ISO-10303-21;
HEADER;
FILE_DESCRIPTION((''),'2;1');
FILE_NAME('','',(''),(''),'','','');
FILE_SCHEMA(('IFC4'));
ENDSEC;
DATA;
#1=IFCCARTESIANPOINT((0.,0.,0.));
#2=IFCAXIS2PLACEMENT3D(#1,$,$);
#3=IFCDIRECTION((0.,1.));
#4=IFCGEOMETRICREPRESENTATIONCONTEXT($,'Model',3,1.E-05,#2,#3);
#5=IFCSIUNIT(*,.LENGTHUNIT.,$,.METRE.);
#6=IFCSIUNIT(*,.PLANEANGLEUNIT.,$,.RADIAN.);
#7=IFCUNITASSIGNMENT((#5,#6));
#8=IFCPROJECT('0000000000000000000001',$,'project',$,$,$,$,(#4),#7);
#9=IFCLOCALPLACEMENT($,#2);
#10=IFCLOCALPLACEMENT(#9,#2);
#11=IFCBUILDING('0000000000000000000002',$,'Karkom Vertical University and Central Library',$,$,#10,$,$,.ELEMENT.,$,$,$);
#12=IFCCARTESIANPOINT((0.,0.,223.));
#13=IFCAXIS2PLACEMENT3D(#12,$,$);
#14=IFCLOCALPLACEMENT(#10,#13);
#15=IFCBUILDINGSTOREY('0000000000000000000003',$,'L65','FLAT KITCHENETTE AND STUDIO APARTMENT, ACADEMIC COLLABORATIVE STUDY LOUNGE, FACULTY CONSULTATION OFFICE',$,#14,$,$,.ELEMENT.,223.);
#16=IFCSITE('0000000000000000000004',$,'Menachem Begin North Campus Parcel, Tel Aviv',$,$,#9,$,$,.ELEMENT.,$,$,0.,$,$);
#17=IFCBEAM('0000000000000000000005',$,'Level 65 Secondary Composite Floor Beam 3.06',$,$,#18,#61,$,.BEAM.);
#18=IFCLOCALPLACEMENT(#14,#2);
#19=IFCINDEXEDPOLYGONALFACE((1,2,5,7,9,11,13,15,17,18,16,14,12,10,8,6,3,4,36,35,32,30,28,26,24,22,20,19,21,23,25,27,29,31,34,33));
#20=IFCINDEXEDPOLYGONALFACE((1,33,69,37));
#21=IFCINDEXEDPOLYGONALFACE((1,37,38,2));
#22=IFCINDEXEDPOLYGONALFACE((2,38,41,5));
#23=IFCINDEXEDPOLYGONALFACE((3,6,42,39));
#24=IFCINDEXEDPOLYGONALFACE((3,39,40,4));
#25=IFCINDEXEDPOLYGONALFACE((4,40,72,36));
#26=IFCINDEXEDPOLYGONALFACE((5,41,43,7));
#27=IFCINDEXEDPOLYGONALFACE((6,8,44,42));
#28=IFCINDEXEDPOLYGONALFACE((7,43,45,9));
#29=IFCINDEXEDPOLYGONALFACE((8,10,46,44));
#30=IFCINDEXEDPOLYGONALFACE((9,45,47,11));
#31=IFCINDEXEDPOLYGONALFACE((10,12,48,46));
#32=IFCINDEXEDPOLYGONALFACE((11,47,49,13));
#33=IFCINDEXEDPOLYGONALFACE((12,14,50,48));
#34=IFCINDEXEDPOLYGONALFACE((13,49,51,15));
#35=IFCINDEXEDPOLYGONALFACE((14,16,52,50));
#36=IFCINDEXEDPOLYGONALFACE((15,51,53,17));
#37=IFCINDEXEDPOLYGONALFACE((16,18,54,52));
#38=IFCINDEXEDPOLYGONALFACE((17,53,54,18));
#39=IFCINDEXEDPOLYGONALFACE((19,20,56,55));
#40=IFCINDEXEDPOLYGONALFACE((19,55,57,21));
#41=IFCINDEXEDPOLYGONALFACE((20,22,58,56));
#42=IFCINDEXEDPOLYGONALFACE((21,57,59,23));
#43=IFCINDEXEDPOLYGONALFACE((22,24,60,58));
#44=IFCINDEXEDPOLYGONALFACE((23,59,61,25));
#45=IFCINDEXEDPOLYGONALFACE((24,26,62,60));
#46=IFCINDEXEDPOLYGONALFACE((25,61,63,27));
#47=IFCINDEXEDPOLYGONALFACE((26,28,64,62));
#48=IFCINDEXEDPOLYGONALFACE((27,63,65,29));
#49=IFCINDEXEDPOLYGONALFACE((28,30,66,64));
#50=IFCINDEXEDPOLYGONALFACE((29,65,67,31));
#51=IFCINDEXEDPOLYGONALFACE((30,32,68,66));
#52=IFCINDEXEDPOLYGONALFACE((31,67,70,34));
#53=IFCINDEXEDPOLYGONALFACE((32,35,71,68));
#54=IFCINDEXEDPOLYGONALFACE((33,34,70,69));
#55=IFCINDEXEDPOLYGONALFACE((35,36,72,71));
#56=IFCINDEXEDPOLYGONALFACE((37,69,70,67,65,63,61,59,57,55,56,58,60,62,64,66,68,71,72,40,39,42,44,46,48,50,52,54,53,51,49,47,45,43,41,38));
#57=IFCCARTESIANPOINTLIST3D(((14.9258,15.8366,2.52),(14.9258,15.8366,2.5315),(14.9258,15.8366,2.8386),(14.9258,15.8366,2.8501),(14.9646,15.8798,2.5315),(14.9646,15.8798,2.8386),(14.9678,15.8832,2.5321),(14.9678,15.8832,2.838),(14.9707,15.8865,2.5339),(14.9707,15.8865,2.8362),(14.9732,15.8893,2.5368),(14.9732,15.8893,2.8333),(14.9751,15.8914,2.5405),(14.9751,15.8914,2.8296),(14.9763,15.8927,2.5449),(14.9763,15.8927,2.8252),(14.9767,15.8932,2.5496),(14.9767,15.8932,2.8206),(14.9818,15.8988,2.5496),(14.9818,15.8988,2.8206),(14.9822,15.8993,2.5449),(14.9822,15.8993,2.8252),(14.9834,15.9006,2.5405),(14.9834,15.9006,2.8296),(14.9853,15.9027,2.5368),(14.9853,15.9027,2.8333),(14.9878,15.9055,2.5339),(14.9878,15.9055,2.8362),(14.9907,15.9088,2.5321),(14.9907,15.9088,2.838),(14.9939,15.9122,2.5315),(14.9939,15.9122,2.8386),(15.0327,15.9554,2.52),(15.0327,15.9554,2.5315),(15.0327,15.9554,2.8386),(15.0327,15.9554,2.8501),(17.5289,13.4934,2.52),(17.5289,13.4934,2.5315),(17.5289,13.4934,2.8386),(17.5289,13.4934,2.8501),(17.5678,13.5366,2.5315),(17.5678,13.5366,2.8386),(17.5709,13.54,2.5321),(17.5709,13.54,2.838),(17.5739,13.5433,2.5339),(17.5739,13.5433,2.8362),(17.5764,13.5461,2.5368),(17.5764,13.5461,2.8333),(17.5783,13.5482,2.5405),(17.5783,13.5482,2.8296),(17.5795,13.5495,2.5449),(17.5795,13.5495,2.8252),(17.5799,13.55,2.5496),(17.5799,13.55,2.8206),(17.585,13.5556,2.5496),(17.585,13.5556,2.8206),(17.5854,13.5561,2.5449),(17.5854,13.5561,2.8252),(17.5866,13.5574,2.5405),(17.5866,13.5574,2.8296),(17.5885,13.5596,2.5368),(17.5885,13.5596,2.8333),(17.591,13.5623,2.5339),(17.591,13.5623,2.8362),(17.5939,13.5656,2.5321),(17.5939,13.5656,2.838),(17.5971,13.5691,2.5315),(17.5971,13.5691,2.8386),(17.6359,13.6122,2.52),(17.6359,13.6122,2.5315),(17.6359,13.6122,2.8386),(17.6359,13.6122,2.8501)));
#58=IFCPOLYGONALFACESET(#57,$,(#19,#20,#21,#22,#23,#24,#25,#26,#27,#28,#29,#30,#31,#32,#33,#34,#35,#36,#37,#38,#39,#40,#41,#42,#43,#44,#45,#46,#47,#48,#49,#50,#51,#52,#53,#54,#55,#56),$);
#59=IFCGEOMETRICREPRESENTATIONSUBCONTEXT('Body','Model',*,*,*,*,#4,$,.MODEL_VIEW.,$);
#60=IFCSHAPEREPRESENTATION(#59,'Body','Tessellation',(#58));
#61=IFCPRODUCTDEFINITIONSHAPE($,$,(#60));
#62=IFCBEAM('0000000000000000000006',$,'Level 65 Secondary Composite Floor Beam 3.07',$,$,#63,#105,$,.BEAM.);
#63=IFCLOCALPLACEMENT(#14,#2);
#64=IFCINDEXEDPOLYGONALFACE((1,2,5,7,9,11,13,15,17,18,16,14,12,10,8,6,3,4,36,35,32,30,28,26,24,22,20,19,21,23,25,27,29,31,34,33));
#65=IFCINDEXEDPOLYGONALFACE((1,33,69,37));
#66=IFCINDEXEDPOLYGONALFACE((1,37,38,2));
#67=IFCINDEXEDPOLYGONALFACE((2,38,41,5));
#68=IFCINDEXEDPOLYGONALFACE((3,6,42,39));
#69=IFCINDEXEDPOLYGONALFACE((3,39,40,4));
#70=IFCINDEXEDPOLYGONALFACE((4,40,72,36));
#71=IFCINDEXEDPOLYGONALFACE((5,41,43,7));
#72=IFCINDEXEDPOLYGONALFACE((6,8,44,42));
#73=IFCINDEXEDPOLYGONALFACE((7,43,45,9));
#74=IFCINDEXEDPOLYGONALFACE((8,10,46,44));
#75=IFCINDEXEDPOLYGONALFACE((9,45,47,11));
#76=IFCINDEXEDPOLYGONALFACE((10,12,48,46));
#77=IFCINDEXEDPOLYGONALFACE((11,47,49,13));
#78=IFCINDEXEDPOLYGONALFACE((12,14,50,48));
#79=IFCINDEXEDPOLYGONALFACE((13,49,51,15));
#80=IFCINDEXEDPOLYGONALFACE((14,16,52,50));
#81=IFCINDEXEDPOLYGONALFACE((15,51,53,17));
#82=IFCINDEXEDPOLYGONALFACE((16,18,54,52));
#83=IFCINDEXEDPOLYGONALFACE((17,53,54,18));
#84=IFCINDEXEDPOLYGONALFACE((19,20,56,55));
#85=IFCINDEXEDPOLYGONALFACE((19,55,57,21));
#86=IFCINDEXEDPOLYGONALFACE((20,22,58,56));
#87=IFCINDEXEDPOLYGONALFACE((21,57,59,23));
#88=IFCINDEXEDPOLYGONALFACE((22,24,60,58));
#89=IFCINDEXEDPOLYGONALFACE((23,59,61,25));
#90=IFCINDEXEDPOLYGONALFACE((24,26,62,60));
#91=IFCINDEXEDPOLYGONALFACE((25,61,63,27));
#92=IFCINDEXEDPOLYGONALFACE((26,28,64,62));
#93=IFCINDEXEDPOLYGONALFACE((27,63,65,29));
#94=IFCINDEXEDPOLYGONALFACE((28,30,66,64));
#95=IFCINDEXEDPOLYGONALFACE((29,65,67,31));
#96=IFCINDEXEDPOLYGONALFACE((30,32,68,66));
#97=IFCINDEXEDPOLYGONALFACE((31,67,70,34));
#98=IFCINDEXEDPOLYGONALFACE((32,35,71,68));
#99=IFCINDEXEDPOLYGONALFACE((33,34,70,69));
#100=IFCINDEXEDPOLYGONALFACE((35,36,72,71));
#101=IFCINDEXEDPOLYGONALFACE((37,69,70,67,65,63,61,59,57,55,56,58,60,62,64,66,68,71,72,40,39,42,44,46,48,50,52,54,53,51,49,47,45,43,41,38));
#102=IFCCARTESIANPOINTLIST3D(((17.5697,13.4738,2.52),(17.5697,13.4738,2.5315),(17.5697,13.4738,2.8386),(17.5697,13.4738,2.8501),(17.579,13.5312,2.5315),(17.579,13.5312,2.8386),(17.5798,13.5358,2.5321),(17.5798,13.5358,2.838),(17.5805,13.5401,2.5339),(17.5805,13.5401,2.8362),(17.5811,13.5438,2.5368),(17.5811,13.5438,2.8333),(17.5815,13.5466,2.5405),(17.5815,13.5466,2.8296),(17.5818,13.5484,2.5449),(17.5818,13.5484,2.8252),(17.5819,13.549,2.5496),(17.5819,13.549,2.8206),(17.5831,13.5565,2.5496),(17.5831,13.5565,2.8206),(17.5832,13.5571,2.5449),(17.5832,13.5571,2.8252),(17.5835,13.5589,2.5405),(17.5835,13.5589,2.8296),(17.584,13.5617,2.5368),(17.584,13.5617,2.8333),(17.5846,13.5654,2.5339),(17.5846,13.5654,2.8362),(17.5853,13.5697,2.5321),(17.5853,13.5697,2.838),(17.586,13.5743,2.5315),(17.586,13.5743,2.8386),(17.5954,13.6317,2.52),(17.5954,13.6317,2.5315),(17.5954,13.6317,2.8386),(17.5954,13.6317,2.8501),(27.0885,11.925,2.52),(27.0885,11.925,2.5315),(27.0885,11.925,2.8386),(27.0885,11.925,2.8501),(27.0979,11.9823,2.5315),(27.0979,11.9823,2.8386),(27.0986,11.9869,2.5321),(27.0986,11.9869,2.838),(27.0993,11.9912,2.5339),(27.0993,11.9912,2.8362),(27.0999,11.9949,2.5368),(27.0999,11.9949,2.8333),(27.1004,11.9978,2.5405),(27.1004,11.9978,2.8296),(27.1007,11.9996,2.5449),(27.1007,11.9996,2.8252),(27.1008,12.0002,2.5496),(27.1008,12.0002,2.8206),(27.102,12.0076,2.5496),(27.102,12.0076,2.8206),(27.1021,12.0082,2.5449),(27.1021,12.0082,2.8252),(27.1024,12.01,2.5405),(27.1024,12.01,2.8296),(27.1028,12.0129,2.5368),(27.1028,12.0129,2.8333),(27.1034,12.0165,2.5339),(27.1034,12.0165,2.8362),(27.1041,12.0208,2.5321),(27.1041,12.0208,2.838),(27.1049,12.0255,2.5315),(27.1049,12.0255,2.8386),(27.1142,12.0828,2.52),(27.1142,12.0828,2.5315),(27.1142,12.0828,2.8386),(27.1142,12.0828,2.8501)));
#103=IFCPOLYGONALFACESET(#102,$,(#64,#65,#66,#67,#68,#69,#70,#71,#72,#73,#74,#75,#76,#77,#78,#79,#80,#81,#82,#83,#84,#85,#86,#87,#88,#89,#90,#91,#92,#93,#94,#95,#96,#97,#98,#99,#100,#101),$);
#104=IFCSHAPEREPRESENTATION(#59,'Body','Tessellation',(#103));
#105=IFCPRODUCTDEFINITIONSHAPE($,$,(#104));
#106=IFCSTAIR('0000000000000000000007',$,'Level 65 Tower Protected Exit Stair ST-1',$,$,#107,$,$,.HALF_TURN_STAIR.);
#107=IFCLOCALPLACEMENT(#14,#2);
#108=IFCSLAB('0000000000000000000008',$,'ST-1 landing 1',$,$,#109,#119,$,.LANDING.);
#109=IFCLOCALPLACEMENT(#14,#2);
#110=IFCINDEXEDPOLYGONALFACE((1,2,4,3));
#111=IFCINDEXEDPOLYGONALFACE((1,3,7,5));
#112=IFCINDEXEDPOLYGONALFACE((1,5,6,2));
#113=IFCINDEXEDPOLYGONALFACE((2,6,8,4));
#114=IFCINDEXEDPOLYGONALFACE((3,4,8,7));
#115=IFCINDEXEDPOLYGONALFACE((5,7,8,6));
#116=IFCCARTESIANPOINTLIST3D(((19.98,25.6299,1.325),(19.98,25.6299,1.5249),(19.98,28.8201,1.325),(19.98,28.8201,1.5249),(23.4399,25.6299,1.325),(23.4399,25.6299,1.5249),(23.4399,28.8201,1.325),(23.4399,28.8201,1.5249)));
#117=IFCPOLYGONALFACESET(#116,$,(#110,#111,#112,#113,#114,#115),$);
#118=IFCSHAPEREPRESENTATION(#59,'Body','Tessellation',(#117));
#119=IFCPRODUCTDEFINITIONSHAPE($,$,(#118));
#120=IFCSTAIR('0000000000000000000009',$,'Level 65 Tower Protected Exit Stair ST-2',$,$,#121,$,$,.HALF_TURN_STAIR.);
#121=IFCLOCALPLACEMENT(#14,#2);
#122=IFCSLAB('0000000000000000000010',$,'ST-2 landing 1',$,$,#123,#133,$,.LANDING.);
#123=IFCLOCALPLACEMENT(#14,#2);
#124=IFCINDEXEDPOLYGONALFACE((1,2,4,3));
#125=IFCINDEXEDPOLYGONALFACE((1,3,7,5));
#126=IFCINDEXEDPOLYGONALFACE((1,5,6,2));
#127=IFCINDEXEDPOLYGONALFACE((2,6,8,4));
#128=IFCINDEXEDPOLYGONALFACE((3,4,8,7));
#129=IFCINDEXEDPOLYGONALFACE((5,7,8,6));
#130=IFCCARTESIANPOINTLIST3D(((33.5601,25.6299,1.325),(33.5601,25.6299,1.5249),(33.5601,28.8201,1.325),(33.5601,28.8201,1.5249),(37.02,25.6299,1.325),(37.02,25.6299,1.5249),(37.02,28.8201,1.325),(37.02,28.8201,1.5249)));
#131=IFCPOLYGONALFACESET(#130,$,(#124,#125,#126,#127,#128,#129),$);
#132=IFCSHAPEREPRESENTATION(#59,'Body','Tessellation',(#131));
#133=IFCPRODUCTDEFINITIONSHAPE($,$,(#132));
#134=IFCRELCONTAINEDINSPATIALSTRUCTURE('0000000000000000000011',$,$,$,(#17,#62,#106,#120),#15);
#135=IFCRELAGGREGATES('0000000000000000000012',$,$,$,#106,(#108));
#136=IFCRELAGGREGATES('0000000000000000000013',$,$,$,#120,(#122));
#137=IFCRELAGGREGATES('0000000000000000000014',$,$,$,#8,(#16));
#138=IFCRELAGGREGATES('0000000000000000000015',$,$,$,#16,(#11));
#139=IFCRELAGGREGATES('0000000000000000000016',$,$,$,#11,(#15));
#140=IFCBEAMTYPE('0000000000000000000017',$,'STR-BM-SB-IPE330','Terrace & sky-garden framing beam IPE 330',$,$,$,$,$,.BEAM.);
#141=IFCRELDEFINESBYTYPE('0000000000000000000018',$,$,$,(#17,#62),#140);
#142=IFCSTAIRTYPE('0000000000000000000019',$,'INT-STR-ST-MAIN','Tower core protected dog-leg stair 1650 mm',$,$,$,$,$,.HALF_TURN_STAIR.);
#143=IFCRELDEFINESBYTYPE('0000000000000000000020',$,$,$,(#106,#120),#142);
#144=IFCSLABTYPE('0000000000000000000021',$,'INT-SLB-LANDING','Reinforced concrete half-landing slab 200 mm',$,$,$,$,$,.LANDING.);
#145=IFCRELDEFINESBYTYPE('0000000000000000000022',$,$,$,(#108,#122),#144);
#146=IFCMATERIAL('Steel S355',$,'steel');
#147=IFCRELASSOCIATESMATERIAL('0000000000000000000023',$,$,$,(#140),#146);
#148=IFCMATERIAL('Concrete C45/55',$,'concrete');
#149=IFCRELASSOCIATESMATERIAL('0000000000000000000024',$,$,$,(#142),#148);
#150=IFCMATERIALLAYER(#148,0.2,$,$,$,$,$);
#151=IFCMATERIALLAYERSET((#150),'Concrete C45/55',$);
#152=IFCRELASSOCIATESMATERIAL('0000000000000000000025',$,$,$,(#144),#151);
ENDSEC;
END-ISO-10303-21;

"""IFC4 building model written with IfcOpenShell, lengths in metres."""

from ifc_helpers import new_model, si_unit, direction, frame, origin, origin_with_axes, origin_2d, place, context, subcontext, project, spatial, polyline, i_section, outline, extrude, source, transform, mapped, material, layer, layer_set, material_profile, profile_set, type_object, element, aggregate, save


model = new_model("IFC4")

# Units and contexts
model_context = context("Model", 3, precision=1e-05, world=origin(), true_north=direction((0.0, 1.0)))
body_context = subcontext(model_context, "Body", "Model", "MODEL_VIEW")
ifc_project = project(units=[si_unit("LENGTHUNIT", "METRE"), si_unit("PLANEANGLEUNIT", "RADIAN")], contexts=[model_context])

# Site, building, storey
site_placement = place(None, origin())
site = spatial("IfcSite", under=ifc_project, at=site_placement, Name="Menachem Begin North Campus Parcel, Tel Aviv", CompositionType="ELEMENT", RefElevation=0.0)
building_placement = place(site_placement, origin())
building = spatial("IfcBuilding", under=site, at=building_placement, Name="Karkom Vertical University and Central Library", CompositionType="ELEMENT")
storey_placement = place(building_placement, frame((0.0, 0.0, 223.0)))
storey = spatial("IfcBuildingStorey", under=building, at=storey_placement, Name="L65", Description="FLAT KITCHENETTE AND STUDIO APARTMENT, ACADEMIC COLLABORATIVE STUDY LOUNGE, FACULTY CONSULTATION OFFICE", CompositionType="ELEMENT", Elevation=223.0)

# Shared definitions
ifc_material_1 = material(Name="Concrete C45/55", Category="concrete")

# Beams
ifc_material_2 = material(Name="Steel S355", Category="steel")
ifc_material_profile_1 = material_profile(ifc_material_2, i_section(OverallWidth=0.1599, OverallDepth=0.3301, WebThickness=0.0076, FlangeThickness=0.0115, FilletRadius=0.0181, at=origin_2d()), Name="IPE 330")
ifc_profile_set_1 = profile_set([ifc_material_profile_1], Name="Steel S355")
beam_type_1 = type_object("IfcBeamType", Name="STR-BM-SB-IPE330", Description="Terrace & sky-garden framing beam IPE 330", PredefinedType="BEAM", material=ifc_profile_set_1)
shared_shape_1 = source(origin_with_axes(), body_context, "Body", "SweptSolid", [
    extrude(i_section(OverallWidth=0.1599, OverallDepth=0.3301, WebThickness=0.0076, FlangeThickness=0.0115, FilletRadius=0.0181, at=origin_2d()), origin(), (0.0, 0.0, 1.0), 3.5024),
])
beam_1_placement = place(storey_placement, frame((14.9792, 15.896, 2.6851), z_axis=(0.743249, -0.669015, 0.0), x_axis=(0.669015, 0.743249, 0.0)))
element("IfcBeam", 1, at=beam_1_placement, inside=storey, type_object=beam_type_1, Name="Level 65 Secondary Composite Floor Beam 3.06", PredefinedType="BEAM", context=body_context, shape_type="MappedRepresentation", body=[
    mapped(shared_shape_1, transform((0.0, 0.0, 0.0), scale=1.0)),
])
shared_shape_2 = source(origin_with_axes(), body_context, "Body", "SweptSolid", [
    extrude(i_section(OverallWidth=0.1599, OverallDepth=0.3301, WebThickness=0.0076, FlangeThickness=0.0115, FilletRadius=0.0181, at=origin_2d()), origin(), (0.0, 0.0, 1.0), 9.644),
])
beam_2_placement = place(storey_placement, frame((17.5825, 13.5527, 2.6851), z_axis=(0.987019, -0.1606, 0.0), x_axis=(0.1606, 0.987019, 0.0)))
element("IfcBeam", 2, at=beam_2_placement, inside=storey, type_object=beam_type_1, Name="Level 65 Secondary Composite Floor Beam 3.07", PredefinedType="BEAM", context=body_context, shape_type="MappedRepresentation", body=[
    mapped(shared_shape_2, transform((0.0, 0.0, 0.0), scale=1.0)),
])

# Stairs, slabs
stair_type = type_object("IfcStairType", Name="INT-STR-ST-MAIN", Description="Tower core protected dog-leg stair 1650 mm", PredefinedType="HALF_TURN_STAIR", material=ifc_material_1)
stair_1_placement = place(storey_placement, origin())
stair_1 = element("IfcStair", 3, at=stair_1_placement, inside=storey, type_object=stair_type, Name="Level 65 Tower Protected Exit Stair ST-1", PredefinedType="HALF_TURN_STAIR")
ifc_layer_1 = layer(ifc_material_1, 0.2)
ifc_layer_set_1 = layer_set([ifc_layer_1], Name="Concrete C45/55")
slab_type_1 = type_object("IfcSlabType", Name="INT-SLB-LANDING", Description="Reinforced concrete half-landing slab 200 mm", PredefinedType="LANDING", material=ifc_layer_set_1)
slab_1_placement = place(storey_placement, frame((0.0, 0.0, 1.325)))
slab_1 = element("IfcSlab", 4, at=slab_1_placement, type_object=slab_type_1, Name="ST-1 landing 1", PredefinedType="LANDING", context=body_context, shape_type="SweptSolid", body=[
    extrude(outline(polyline([(23.4399, 25.6299), (23.4399, 28.8201), (19.98, 28.8201), (19.98, 25.6299), (23.4399, 25.6299)])), origin(), (0.0, 0.0, 1.0), 0.2),
])
aggregate(stair_1, [slab_1])
stair_2_placement = place(storey_placement, origin())
stair_2 = element("IfcStair", 5, at=stair_2_placement, inside=storey, type_object=stair_type, Name="Level 65 Tower Protected Exit Stair ST-2", PredefinedType="HALF_TURN_STAIR")
slab_2_placement = place(storey_placement, frame((0.0, 0.0, 1.325)))
slab_2 = element("IfcSlab", 6, at=slab_2_placement, type_object=slab_type_1, Name="ST-2 landing 1", PredefinedType="LANDING", context=body_context, shape_type="SweptSolid", body=[
    extrude(outline(polyline([(37.02, 25.6299), (37.02, 28.8201), (33.5601, 28.8201), (33.5601, 25.6299), (37.02, 25.6299)])), origin(), (0.0, 0.0, 1.0), 0.2),
])
aggregate(stair_2, [slab_2])

save(model, "model.ifc")
